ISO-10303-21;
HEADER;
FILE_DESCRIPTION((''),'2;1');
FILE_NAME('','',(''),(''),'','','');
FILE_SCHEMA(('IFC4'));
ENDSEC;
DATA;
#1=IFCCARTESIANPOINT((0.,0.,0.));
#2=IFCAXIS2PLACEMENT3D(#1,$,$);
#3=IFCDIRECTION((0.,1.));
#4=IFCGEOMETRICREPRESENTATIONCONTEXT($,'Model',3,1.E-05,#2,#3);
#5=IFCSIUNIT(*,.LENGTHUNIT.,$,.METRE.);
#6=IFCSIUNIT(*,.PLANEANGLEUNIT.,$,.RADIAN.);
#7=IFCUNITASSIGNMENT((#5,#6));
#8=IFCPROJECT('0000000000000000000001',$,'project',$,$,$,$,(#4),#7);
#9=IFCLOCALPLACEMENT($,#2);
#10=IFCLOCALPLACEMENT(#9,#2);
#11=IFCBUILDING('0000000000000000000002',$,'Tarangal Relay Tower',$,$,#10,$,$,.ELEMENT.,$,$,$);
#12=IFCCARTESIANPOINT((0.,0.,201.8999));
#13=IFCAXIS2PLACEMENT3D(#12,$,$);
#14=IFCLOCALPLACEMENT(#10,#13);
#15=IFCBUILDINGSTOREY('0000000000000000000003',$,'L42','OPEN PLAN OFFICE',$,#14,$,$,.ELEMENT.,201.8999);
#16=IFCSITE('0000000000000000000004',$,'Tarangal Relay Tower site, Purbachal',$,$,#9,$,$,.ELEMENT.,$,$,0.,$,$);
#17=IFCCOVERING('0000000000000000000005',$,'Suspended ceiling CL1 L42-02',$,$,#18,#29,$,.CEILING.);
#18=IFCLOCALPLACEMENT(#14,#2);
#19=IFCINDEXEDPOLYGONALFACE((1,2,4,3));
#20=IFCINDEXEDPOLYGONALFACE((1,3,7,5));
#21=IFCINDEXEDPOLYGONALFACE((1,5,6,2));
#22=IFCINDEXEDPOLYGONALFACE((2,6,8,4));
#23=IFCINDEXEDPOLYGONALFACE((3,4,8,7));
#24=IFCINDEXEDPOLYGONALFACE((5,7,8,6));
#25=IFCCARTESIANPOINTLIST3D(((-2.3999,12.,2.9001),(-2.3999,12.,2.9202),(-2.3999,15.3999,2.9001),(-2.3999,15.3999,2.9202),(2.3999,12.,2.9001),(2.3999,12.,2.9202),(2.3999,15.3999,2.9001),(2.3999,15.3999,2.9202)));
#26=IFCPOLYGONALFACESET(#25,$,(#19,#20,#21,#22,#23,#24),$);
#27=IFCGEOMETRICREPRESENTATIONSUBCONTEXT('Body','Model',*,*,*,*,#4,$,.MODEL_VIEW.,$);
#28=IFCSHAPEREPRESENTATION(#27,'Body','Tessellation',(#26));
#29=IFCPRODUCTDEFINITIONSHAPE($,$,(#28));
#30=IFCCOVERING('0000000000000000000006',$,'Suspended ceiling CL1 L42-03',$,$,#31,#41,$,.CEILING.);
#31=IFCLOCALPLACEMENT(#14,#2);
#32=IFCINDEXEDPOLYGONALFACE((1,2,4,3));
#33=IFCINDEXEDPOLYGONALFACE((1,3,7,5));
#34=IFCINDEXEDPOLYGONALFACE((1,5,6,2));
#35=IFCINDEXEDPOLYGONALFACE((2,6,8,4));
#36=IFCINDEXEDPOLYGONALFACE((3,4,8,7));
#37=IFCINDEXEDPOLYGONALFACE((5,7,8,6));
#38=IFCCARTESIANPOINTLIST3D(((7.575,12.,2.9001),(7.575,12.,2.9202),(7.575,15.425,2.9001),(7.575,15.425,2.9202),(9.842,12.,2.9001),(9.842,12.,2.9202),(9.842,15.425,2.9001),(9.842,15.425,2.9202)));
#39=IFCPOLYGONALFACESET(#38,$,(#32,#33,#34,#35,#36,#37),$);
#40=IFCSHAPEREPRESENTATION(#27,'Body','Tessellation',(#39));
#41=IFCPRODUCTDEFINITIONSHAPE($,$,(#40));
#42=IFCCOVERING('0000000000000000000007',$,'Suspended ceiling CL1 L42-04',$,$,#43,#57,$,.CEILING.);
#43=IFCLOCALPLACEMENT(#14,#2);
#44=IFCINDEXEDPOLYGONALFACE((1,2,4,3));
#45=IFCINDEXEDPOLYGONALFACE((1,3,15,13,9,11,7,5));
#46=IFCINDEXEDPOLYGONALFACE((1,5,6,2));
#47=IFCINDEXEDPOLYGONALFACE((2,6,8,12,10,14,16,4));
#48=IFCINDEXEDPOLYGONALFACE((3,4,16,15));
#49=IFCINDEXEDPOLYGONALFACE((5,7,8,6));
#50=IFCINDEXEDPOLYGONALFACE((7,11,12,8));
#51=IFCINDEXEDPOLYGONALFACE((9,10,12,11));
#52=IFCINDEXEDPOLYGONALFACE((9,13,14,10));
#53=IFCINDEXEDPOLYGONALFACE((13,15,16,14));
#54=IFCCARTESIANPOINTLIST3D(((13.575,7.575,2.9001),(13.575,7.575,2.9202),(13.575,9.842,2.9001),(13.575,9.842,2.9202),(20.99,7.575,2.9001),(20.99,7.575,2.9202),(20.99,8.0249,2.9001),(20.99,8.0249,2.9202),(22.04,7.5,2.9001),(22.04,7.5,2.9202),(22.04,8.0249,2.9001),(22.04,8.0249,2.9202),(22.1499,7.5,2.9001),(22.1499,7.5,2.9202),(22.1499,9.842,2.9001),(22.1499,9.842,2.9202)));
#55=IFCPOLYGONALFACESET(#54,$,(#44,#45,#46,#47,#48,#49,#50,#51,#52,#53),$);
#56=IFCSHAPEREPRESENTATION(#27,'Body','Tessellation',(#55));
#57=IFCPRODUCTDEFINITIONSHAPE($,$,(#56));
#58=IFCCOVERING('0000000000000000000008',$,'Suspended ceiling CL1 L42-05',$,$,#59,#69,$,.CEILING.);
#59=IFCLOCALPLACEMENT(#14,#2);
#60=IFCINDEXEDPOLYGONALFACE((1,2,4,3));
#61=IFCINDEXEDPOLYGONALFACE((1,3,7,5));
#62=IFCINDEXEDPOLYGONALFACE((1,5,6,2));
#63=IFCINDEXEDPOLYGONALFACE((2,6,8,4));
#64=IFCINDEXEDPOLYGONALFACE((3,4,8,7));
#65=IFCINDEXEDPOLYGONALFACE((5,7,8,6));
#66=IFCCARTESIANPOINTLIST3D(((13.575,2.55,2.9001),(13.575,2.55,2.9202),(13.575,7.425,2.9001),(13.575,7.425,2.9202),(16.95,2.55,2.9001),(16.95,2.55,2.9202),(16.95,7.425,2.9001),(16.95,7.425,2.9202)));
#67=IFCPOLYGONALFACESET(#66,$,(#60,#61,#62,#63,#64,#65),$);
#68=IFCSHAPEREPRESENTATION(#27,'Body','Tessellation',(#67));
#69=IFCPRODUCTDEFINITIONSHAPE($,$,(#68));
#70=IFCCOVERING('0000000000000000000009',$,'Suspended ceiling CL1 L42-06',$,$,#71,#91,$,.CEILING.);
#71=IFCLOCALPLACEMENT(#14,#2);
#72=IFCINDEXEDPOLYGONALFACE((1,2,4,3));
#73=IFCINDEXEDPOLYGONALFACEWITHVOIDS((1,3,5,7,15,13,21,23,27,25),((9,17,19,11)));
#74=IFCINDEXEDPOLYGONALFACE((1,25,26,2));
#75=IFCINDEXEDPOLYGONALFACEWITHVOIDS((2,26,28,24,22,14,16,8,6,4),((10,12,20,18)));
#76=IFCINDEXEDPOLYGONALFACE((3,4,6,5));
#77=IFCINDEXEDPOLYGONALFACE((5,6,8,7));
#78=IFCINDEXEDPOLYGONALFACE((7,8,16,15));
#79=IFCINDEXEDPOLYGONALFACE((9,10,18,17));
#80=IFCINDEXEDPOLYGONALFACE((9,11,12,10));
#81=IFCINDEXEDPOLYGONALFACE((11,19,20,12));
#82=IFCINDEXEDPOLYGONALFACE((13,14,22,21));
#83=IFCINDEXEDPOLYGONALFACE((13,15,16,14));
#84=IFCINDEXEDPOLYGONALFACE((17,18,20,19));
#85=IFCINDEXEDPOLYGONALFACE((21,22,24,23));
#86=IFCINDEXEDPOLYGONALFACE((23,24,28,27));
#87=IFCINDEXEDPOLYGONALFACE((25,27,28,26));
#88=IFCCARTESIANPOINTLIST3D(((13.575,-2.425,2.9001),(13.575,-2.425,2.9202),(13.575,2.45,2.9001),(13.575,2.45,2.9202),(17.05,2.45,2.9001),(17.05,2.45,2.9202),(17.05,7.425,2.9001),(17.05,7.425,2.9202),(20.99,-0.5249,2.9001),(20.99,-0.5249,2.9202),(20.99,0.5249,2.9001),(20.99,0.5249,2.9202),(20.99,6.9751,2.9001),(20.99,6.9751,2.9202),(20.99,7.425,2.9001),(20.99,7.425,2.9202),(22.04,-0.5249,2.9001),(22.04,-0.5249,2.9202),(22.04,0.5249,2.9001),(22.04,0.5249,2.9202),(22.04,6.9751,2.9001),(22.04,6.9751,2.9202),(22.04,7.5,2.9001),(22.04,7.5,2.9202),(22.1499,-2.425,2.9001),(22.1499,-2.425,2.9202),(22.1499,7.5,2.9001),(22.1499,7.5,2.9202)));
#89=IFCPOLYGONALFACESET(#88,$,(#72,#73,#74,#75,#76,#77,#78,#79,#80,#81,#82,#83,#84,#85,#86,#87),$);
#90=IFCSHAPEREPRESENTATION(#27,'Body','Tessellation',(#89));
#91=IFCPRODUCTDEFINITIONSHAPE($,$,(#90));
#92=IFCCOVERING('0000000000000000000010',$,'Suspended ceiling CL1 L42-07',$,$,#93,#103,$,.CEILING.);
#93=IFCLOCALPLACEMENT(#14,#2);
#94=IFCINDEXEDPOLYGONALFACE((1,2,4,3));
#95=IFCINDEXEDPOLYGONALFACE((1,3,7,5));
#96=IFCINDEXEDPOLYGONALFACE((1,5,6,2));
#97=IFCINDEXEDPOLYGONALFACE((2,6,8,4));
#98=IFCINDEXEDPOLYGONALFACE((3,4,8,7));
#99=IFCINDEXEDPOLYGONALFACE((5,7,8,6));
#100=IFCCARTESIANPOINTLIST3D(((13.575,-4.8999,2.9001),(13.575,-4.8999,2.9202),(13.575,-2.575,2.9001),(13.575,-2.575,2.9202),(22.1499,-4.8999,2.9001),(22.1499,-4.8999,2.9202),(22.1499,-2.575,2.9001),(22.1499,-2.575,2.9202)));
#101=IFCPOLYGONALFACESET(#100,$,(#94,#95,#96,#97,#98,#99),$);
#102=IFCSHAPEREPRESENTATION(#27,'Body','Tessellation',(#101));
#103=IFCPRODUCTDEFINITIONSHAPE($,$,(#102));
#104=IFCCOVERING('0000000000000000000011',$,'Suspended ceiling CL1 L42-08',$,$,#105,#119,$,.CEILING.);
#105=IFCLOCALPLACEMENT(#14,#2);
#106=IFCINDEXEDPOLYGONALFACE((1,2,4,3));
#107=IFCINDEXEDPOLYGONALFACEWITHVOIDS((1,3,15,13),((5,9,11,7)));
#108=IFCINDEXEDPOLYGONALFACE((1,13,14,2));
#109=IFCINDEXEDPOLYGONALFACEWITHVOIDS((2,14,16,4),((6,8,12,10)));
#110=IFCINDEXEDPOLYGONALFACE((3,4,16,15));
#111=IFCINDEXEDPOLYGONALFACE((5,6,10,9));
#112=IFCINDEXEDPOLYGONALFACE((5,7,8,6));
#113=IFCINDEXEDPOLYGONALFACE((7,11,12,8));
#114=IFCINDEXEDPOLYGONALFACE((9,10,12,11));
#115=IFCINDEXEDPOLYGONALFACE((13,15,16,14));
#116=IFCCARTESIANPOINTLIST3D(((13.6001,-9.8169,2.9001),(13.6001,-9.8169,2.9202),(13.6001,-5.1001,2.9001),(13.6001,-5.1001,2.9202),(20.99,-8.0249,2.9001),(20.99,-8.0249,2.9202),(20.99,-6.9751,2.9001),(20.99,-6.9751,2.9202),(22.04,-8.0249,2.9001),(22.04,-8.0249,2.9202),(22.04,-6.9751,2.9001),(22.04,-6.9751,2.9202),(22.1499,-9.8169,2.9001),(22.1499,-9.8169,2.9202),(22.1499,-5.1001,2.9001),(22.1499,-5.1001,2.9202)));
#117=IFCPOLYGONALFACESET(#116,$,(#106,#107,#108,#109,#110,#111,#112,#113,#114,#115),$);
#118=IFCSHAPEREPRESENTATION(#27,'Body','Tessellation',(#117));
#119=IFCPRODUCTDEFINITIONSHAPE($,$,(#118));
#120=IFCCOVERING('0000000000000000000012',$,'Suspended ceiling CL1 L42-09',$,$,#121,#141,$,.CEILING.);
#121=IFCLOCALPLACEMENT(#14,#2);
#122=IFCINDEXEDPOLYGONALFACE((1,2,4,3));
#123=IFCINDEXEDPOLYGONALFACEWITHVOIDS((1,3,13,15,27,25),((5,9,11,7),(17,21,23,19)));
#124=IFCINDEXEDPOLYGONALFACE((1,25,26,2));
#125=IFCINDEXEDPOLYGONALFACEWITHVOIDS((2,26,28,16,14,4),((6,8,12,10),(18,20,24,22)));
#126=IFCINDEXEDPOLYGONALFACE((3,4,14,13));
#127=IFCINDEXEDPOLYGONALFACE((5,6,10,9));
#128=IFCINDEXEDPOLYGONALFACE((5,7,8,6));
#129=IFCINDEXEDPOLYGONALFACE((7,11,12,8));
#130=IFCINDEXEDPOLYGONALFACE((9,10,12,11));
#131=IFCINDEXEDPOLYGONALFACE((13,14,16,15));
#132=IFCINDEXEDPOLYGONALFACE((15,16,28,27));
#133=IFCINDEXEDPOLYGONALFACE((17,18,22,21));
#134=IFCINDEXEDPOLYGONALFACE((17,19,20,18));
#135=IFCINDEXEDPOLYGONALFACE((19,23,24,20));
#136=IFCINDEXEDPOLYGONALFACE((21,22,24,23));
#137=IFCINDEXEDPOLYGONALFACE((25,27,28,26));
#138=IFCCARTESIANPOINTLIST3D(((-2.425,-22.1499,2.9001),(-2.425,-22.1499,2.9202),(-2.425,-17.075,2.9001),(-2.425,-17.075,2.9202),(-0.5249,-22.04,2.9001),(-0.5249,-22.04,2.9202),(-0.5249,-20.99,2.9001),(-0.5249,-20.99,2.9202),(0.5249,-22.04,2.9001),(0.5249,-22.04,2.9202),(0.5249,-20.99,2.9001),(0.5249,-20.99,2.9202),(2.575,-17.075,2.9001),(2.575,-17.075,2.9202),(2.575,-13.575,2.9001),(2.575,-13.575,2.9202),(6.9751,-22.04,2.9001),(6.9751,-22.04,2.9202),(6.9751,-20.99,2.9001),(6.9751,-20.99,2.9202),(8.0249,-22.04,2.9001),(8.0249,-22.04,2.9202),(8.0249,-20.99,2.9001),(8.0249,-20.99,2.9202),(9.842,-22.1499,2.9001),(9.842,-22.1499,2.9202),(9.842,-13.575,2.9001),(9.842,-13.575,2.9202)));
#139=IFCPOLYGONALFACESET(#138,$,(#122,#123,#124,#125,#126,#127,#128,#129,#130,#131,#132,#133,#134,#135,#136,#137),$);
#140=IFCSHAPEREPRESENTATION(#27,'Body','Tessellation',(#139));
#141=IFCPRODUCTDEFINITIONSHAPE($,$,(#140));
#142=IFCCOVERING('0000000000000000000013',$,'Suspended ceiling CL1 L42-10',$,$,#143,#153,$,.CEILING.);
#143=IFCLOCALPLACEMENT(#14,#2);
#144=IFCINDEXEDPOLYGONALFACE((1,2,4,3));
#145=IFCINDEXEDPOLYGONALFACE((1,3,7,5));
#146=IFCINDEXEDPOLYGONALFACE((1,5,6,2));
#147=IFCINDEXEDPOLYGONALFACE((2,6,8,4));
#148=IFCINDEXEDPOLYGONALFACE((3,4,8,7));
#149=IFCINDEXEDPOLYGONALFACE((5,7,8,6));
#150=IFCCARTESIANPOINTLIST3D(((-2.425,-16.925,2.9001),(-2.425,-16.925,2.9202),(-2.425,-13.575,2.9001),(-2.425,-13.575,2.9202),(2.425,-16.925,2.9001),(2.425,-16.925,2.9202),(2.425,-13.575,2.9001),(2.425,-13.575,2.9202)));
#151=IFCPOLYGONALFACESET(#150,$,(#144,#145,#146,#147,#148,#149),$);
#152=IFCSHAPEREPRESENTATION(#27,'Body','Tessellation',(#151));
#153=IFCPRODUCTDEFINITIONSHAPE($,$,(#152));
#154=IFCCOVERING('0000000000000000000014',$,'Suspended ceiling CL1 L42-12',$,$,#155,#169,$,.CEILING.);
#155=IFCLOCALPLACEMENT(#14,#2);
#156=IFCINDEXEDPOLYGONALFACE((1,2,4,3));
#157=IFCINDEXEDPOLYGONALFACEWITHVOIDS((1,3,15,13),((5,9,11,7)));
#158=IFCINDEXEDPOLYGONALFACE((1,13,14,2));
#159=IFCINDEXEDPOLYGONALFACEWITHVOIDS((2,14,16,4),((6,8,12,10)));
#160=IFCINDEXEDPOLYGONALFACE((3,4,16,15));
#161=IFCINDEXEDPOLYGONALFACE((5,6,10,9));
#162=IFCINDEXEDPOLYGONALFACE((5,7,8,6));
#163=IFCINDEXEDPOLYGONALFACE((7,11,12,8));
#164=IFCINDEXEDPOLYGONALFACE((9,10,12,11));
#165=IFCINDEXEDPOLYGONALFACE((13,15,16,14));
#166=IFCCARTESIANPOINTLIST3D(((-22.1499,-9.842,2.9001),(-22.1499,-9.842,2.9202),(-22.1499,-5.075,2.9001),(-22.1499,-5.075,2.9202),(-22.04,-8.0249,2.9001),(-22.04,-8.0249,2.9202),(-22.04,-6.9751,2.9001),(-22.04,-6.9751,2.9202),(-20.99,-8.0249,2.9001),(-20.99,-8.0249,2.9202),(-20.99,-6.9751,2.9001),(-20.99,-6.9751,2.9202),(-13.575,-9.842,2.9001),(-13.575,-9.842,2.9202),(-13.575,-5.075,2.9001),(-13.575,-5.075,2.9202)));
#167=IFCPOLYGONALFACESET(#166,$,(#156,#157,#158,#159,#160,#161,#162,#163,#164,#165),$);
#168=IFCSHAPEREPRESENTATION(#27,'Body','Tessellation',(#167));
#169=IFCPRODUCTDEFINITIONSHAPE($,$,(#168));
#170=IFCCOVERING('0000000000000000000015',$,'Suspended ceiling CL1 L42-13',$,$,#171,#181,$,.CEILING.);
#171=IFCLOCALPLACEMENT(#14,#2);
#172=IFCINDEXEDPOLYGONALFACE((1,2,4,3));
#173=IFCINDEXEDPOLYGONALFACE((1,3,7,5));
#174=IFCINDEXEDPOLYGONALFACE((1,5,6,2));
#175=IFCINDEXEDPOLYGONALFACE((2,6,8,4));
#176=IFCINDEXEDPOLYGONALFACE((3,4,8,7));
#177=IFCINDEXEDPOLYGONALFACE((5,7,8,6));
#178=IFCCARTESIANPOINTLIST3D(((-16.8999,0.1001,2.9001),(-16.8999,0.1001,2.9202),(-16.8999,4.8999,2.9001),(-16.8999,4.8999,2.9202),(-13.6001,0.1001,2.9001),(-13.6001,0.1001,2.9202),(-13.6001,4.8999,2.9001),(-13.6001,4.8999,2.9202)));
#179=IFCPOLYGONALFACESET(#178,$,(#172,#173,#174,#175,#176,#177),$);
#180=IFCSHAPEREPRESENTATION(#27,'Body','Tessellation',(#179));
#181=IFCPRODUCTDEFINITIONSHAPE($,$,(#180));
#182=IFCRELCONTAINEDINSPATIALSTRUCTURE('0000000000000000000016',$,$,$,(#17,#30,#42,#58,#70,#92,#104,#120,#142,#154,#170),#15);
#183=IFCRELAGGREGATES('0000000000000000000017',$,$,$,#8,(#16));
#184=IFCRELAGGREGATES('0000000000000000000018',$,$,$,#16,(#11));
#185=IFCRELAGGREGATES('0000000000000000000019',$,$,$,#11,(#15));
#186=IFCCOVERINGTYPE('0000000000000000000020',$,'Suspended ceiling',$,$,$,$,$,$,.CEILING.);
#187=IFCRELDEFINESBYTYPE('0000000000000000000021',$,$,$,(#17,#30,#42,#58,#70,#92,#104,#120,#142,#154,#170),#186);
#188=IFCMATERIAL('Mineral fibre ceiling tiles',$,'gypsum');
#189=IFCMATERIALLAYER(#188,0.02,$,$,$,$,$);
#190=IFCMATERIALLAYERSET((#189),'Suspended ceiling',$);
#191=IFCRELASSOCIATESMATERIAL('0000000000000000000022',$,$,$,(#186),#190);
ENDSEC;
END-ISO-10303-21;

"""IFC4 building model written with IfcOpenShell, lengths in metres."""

from ifc_helpers import new_model, si_unit, direction, frame, origin, place, context, subcontext, project, spatial, polyline, outline, extrude, material, layer, layer_set, type_object, element, save


model = new_model("IFC4")

# Units and contexts
model_context = context("Model", 3, precision=1e-05, world=origin(), true_north=direction((0.0, 1.0)))
body_context = subcontext(model_context, "Body", "Model", "MODEL_VIEW")
ifc_project = project(units=[si_unit("LENGTHUNIT", "METRE"), si_unit("PLANEANGLEUNIT", "RADIAN")], contexts=[model_context])

# Site, building, storey
site_placement = place(None, origin())
site = spatial("IfcSite", under=ifc_project, at=site_placement, Name="Tarangal Relay Tower site, Purbachal", CompositionType="ELEMENT", RefElevation=0.0)
building_placement = place(site_placement, origin())
building = spatial("IfcBuilding", under=site, at=building_placement, Name="Tarangal Relay Tower", CompositionType="ELEMENT")
storey_placement = place(building_placement, frame((0.0, 0.0, 201.8999)))
storey = spatial("IfcBuildingStorey", under=building, at=storey_placement, Name="L42", Description="OPEN PLAN OFFICE", CompositionType="ELEMENT", Elevation=201.8999)

# Coverings
ifc_material_1 = material(Name="Mineral fibre ceiling tiles", Category="gypsum")
ifc_layer_1 = layer(ifc_material_1, 0.02)
ifc_layer_set_1 = layer_set([ifc_layer_1], Name="Suspended ceiling")
covering_type_1 = type_object("IfcCoveringType", Name="Suspended ceiling", PredefinedType="CEILING", material=ifc_layer_set_1)
covering_1_placement = place(storey_placement, frame((0.0, 0.0, 2.9001)))
element("IfcCovering", 1, at=covering_1_placement, inside=storey, type_object=covering_type_1, Name="Suspended ceiling CL1 L42-02", PredefinedType="CEILING", context=body_context, shape_type="SweptSolid", body=[
    extrude(outline(polyline([(2.3999, 12.0), (2.3999, 15.3999), (-2.3999, 15.3999), (-2.3999, 12.0), (2.3999, 12.0)])), origin(), (0.0, 0.0, 1.0), 0.02),
])
covering_2_placement = place(storey_placement, frame((0.0, 0.0, 2.9001)))
element("IfcCovering", 2, at=covering_2_placement, inside=storey, type_object=covering_type_1, Name="Suspended ceiling CL1 L42-03", PredefinedType="CEILING", context=body_context, shape_type="SweptSolid", body=[
    extrude(outline(polyline([(9.842, 12.0), (9.842, 15.425), (7.575, 15.425), (7.575, 12.0), (9.842, 12.0)])), origin(), (0.0, 0.0, 1.0), 0.02),
])
covering_3_placement = place(storey_placement, frame((0.0, 0.0, 2.9001)))
element("IfcCovering", 3, at=covering_3_placement, inside=storey, type_object=covering_type_1, Name="Suspended ceiling CL1 L42-04", PredefinedType="CEILING", context=body_context, shape_type="SweptSolid", body=[
    extrude(outline(polyline([(22.1499, 7.5), (22.1499, 9.842), (13.575, 9.842), (13.575, 7.575), (20.99, 7.575), (20.99, 8.0249), (22.04, 8.0249), (22.04, 7.5), (22.1499, 7.5)])), origin(), (0.0, 0.0, 1.0), 0.02),
])
covering_4_placement = place(storey_placement, frame((0.0, 0.0, 2.9001)))
element("IfcCovering", 4, at=covering_4_placement, inside=storey, type_object=covering_type_1, Name="Suspended ceiling CL1 L42-05", PredefinedType="CEILING", context=body_context, shape_type="SweptSolid", body=[
    extrude(outline(polyline([(13.575, 7.425), (13.575, 2.55), (16.95, 2.55), (16.95, 7.425), (13.575, 7.425)])), origin(), (0.0, 0.0, 1.0), 0.02),
])
covering_5_placement = place(storey_placement, frame((0.0, 0.0, 2.9001)))
element("IfcCovering", 5, at=covering_5_placement, inside=storey, type_object=covering_type_1, Name="Suspended ceiling CL1 L42-06", PredefinedType="CEILING", context=body_context, shape_type="SweptSolid", body=[
    extrude(outline(polyline([(22.1499, 7.5), (22.04, 7.5), (22.04, 6.9751), (20.99, 6.9751), (20.99, 7.425), (17.05, 7.425), (17.05, 2.45), (13.575, 2.45), (13.575, -2.425), (22.1499, -2.425), (22.1499, 7.5)]), holes=[polyline([(22.04, -0.5249), (22.04, 0.5249), (20.99, 0.5249), (20.99, -0.5249), (22.04, -0.5249)])]), origin(), (0.0, 0.0, 1.0), 0.02),
])
covering_6_placement = place(storey_placement, frame((0.0, 0.0, 2.9001)))
element("IfcCovering", 6, at=covering_6_placement, inside=storey, type_object=covering_type_1, Name="Suspended ceiling CL1 L42-07", PredefinedType="CEILING", context=body_context, shape_type="SweptSolid", body=[
    extrude(outline(polyline([(22.1499, -2.575), (13.575, -2.575), (13.575, -4.8999), (22.1499, -4.8999), (22.1499, -2.575)])), origin(), (0.0, 0.0, 1.0), 0.02),
])
covering_7_placement = place(storey_placement, frame((0.0, 0.0, 2.9001)))
element("IfcCovering", 7, at=covering_7_placement, inside=storey, type_object=covering_type_1, Name="Suspended ceiling CL1 L42-08", PredefinedType="CEILING", context=body_context, shape_type="SweptSolid", body=[
    extrude(outline(polyline([(22.1499, -9.8169), (22.1499, -5.1001), (13.6001, -5.1001), (13.6001, -9.8169), (22.1499, -9.8169)]), holes=[polyline([(22.04, -6.9751), (20.99, -6.9751), (20.99, -8.0249), (22.04, -8.0249), (22.04, -6.9751)])]), origin(), (0.0, 0.0, 1.0), 0.02),
])
covering_8_placement = place(storey_placement, frame((0.0, 0.0, 2.9001)))
element("IfcCovering", 8, at=covering_8_placement, inside=storey, type_object=covering_type_1, Name="Suspended ceiling CL1 L42-09", PredefinedType="CEILING", context=body_context, shape_type="SweptSolid", body=[
    extrude(outline(polyline([(-2.425, -22.1499), (9.842, -22.1499), (9.842, -13.575), (2.575, -13.575), (2.575, -17.075), (-2.425, -17.075), (-2.425, -22.1499)]), holes=[polyline([(0.5249, -22.04), (0.5249, -20.99), (-0.5249, -20.99), (-0.5249, -22.04), (0.5249, -22.04)]), polyline([(8.0249, -22.04), (8.0249, -20.99), (6.9751, -20.99), (6.9751, -22.04), (8.0249, -22.04)])]), origin(), (0.0, 0.0, 1.0), 0.02),
])
covering_9_placement = place(storey_placement, frame((0.0, 0.0, 2.9001)))
element("IfcCovering", 9, at=covering_9_placement, inside=storey, type_object=covering_type_1, Name="Suspended ceiling CL1 L42-10", PredefinedType="CEILING", context=body_context, shape_type="SweptSolid", body=[
    extrude(outline(polyline([(-2.425, -13.575), (-2.425, -16.925), (2.425, -16.925), (2.425, -13.575), (-2.425, -13.575)])), origin(), (0.0, 0.0, 1.0), 0.02),
])
covering_10_placement = place(storey_placement, frame((0.0, 0.0, 2.9001)))
element("IfcCovering", 10, at=covering_10_placement, inside=storey, type_object=covering_type_1, Name="Suspended ceiling CL1 L42-12", PredefinedType="CEILING", context=body_context, shape_type="SweptSolid", body=[
    extrude(outline(polyline([(-22.1499, -5.075), (-22.1499, -9.842), (-13.575, -9.842), (-13.575, -5.075), (-22.1499, -5.075)]), holes=[polyline([(-20.99, -6.9751), (-22.04, -6.9751), (-22.04, -8.0249), (-20.99, -8.0249), (-20.99, -6.9751)])]), origin(), (0.0, 0.0, 1.0), 0.02),
])
covering_11_placement = place(storey_placement, frame((0.0, 0.0, 2.9001)))
element("IfcCovering", 11, at=covering_11_placement, inside=storey, type_object=covering_type_1, Name="Suspended ceiling CL1 L42-13", PredefinedType="CEILING", context=body_context, shape_type="SweptSolid", body=[
    extrude(outline(polyline([(-13.6001, 4.8999), (-16.8999, 4.8999), (-16.8999, 0.1001), (-13.6001, 0.1001), (-13.6001, 4.8999)])), origin(), (0.0, 0.0, 1.0), 0.02),
])

save(model, "model.ifc")
